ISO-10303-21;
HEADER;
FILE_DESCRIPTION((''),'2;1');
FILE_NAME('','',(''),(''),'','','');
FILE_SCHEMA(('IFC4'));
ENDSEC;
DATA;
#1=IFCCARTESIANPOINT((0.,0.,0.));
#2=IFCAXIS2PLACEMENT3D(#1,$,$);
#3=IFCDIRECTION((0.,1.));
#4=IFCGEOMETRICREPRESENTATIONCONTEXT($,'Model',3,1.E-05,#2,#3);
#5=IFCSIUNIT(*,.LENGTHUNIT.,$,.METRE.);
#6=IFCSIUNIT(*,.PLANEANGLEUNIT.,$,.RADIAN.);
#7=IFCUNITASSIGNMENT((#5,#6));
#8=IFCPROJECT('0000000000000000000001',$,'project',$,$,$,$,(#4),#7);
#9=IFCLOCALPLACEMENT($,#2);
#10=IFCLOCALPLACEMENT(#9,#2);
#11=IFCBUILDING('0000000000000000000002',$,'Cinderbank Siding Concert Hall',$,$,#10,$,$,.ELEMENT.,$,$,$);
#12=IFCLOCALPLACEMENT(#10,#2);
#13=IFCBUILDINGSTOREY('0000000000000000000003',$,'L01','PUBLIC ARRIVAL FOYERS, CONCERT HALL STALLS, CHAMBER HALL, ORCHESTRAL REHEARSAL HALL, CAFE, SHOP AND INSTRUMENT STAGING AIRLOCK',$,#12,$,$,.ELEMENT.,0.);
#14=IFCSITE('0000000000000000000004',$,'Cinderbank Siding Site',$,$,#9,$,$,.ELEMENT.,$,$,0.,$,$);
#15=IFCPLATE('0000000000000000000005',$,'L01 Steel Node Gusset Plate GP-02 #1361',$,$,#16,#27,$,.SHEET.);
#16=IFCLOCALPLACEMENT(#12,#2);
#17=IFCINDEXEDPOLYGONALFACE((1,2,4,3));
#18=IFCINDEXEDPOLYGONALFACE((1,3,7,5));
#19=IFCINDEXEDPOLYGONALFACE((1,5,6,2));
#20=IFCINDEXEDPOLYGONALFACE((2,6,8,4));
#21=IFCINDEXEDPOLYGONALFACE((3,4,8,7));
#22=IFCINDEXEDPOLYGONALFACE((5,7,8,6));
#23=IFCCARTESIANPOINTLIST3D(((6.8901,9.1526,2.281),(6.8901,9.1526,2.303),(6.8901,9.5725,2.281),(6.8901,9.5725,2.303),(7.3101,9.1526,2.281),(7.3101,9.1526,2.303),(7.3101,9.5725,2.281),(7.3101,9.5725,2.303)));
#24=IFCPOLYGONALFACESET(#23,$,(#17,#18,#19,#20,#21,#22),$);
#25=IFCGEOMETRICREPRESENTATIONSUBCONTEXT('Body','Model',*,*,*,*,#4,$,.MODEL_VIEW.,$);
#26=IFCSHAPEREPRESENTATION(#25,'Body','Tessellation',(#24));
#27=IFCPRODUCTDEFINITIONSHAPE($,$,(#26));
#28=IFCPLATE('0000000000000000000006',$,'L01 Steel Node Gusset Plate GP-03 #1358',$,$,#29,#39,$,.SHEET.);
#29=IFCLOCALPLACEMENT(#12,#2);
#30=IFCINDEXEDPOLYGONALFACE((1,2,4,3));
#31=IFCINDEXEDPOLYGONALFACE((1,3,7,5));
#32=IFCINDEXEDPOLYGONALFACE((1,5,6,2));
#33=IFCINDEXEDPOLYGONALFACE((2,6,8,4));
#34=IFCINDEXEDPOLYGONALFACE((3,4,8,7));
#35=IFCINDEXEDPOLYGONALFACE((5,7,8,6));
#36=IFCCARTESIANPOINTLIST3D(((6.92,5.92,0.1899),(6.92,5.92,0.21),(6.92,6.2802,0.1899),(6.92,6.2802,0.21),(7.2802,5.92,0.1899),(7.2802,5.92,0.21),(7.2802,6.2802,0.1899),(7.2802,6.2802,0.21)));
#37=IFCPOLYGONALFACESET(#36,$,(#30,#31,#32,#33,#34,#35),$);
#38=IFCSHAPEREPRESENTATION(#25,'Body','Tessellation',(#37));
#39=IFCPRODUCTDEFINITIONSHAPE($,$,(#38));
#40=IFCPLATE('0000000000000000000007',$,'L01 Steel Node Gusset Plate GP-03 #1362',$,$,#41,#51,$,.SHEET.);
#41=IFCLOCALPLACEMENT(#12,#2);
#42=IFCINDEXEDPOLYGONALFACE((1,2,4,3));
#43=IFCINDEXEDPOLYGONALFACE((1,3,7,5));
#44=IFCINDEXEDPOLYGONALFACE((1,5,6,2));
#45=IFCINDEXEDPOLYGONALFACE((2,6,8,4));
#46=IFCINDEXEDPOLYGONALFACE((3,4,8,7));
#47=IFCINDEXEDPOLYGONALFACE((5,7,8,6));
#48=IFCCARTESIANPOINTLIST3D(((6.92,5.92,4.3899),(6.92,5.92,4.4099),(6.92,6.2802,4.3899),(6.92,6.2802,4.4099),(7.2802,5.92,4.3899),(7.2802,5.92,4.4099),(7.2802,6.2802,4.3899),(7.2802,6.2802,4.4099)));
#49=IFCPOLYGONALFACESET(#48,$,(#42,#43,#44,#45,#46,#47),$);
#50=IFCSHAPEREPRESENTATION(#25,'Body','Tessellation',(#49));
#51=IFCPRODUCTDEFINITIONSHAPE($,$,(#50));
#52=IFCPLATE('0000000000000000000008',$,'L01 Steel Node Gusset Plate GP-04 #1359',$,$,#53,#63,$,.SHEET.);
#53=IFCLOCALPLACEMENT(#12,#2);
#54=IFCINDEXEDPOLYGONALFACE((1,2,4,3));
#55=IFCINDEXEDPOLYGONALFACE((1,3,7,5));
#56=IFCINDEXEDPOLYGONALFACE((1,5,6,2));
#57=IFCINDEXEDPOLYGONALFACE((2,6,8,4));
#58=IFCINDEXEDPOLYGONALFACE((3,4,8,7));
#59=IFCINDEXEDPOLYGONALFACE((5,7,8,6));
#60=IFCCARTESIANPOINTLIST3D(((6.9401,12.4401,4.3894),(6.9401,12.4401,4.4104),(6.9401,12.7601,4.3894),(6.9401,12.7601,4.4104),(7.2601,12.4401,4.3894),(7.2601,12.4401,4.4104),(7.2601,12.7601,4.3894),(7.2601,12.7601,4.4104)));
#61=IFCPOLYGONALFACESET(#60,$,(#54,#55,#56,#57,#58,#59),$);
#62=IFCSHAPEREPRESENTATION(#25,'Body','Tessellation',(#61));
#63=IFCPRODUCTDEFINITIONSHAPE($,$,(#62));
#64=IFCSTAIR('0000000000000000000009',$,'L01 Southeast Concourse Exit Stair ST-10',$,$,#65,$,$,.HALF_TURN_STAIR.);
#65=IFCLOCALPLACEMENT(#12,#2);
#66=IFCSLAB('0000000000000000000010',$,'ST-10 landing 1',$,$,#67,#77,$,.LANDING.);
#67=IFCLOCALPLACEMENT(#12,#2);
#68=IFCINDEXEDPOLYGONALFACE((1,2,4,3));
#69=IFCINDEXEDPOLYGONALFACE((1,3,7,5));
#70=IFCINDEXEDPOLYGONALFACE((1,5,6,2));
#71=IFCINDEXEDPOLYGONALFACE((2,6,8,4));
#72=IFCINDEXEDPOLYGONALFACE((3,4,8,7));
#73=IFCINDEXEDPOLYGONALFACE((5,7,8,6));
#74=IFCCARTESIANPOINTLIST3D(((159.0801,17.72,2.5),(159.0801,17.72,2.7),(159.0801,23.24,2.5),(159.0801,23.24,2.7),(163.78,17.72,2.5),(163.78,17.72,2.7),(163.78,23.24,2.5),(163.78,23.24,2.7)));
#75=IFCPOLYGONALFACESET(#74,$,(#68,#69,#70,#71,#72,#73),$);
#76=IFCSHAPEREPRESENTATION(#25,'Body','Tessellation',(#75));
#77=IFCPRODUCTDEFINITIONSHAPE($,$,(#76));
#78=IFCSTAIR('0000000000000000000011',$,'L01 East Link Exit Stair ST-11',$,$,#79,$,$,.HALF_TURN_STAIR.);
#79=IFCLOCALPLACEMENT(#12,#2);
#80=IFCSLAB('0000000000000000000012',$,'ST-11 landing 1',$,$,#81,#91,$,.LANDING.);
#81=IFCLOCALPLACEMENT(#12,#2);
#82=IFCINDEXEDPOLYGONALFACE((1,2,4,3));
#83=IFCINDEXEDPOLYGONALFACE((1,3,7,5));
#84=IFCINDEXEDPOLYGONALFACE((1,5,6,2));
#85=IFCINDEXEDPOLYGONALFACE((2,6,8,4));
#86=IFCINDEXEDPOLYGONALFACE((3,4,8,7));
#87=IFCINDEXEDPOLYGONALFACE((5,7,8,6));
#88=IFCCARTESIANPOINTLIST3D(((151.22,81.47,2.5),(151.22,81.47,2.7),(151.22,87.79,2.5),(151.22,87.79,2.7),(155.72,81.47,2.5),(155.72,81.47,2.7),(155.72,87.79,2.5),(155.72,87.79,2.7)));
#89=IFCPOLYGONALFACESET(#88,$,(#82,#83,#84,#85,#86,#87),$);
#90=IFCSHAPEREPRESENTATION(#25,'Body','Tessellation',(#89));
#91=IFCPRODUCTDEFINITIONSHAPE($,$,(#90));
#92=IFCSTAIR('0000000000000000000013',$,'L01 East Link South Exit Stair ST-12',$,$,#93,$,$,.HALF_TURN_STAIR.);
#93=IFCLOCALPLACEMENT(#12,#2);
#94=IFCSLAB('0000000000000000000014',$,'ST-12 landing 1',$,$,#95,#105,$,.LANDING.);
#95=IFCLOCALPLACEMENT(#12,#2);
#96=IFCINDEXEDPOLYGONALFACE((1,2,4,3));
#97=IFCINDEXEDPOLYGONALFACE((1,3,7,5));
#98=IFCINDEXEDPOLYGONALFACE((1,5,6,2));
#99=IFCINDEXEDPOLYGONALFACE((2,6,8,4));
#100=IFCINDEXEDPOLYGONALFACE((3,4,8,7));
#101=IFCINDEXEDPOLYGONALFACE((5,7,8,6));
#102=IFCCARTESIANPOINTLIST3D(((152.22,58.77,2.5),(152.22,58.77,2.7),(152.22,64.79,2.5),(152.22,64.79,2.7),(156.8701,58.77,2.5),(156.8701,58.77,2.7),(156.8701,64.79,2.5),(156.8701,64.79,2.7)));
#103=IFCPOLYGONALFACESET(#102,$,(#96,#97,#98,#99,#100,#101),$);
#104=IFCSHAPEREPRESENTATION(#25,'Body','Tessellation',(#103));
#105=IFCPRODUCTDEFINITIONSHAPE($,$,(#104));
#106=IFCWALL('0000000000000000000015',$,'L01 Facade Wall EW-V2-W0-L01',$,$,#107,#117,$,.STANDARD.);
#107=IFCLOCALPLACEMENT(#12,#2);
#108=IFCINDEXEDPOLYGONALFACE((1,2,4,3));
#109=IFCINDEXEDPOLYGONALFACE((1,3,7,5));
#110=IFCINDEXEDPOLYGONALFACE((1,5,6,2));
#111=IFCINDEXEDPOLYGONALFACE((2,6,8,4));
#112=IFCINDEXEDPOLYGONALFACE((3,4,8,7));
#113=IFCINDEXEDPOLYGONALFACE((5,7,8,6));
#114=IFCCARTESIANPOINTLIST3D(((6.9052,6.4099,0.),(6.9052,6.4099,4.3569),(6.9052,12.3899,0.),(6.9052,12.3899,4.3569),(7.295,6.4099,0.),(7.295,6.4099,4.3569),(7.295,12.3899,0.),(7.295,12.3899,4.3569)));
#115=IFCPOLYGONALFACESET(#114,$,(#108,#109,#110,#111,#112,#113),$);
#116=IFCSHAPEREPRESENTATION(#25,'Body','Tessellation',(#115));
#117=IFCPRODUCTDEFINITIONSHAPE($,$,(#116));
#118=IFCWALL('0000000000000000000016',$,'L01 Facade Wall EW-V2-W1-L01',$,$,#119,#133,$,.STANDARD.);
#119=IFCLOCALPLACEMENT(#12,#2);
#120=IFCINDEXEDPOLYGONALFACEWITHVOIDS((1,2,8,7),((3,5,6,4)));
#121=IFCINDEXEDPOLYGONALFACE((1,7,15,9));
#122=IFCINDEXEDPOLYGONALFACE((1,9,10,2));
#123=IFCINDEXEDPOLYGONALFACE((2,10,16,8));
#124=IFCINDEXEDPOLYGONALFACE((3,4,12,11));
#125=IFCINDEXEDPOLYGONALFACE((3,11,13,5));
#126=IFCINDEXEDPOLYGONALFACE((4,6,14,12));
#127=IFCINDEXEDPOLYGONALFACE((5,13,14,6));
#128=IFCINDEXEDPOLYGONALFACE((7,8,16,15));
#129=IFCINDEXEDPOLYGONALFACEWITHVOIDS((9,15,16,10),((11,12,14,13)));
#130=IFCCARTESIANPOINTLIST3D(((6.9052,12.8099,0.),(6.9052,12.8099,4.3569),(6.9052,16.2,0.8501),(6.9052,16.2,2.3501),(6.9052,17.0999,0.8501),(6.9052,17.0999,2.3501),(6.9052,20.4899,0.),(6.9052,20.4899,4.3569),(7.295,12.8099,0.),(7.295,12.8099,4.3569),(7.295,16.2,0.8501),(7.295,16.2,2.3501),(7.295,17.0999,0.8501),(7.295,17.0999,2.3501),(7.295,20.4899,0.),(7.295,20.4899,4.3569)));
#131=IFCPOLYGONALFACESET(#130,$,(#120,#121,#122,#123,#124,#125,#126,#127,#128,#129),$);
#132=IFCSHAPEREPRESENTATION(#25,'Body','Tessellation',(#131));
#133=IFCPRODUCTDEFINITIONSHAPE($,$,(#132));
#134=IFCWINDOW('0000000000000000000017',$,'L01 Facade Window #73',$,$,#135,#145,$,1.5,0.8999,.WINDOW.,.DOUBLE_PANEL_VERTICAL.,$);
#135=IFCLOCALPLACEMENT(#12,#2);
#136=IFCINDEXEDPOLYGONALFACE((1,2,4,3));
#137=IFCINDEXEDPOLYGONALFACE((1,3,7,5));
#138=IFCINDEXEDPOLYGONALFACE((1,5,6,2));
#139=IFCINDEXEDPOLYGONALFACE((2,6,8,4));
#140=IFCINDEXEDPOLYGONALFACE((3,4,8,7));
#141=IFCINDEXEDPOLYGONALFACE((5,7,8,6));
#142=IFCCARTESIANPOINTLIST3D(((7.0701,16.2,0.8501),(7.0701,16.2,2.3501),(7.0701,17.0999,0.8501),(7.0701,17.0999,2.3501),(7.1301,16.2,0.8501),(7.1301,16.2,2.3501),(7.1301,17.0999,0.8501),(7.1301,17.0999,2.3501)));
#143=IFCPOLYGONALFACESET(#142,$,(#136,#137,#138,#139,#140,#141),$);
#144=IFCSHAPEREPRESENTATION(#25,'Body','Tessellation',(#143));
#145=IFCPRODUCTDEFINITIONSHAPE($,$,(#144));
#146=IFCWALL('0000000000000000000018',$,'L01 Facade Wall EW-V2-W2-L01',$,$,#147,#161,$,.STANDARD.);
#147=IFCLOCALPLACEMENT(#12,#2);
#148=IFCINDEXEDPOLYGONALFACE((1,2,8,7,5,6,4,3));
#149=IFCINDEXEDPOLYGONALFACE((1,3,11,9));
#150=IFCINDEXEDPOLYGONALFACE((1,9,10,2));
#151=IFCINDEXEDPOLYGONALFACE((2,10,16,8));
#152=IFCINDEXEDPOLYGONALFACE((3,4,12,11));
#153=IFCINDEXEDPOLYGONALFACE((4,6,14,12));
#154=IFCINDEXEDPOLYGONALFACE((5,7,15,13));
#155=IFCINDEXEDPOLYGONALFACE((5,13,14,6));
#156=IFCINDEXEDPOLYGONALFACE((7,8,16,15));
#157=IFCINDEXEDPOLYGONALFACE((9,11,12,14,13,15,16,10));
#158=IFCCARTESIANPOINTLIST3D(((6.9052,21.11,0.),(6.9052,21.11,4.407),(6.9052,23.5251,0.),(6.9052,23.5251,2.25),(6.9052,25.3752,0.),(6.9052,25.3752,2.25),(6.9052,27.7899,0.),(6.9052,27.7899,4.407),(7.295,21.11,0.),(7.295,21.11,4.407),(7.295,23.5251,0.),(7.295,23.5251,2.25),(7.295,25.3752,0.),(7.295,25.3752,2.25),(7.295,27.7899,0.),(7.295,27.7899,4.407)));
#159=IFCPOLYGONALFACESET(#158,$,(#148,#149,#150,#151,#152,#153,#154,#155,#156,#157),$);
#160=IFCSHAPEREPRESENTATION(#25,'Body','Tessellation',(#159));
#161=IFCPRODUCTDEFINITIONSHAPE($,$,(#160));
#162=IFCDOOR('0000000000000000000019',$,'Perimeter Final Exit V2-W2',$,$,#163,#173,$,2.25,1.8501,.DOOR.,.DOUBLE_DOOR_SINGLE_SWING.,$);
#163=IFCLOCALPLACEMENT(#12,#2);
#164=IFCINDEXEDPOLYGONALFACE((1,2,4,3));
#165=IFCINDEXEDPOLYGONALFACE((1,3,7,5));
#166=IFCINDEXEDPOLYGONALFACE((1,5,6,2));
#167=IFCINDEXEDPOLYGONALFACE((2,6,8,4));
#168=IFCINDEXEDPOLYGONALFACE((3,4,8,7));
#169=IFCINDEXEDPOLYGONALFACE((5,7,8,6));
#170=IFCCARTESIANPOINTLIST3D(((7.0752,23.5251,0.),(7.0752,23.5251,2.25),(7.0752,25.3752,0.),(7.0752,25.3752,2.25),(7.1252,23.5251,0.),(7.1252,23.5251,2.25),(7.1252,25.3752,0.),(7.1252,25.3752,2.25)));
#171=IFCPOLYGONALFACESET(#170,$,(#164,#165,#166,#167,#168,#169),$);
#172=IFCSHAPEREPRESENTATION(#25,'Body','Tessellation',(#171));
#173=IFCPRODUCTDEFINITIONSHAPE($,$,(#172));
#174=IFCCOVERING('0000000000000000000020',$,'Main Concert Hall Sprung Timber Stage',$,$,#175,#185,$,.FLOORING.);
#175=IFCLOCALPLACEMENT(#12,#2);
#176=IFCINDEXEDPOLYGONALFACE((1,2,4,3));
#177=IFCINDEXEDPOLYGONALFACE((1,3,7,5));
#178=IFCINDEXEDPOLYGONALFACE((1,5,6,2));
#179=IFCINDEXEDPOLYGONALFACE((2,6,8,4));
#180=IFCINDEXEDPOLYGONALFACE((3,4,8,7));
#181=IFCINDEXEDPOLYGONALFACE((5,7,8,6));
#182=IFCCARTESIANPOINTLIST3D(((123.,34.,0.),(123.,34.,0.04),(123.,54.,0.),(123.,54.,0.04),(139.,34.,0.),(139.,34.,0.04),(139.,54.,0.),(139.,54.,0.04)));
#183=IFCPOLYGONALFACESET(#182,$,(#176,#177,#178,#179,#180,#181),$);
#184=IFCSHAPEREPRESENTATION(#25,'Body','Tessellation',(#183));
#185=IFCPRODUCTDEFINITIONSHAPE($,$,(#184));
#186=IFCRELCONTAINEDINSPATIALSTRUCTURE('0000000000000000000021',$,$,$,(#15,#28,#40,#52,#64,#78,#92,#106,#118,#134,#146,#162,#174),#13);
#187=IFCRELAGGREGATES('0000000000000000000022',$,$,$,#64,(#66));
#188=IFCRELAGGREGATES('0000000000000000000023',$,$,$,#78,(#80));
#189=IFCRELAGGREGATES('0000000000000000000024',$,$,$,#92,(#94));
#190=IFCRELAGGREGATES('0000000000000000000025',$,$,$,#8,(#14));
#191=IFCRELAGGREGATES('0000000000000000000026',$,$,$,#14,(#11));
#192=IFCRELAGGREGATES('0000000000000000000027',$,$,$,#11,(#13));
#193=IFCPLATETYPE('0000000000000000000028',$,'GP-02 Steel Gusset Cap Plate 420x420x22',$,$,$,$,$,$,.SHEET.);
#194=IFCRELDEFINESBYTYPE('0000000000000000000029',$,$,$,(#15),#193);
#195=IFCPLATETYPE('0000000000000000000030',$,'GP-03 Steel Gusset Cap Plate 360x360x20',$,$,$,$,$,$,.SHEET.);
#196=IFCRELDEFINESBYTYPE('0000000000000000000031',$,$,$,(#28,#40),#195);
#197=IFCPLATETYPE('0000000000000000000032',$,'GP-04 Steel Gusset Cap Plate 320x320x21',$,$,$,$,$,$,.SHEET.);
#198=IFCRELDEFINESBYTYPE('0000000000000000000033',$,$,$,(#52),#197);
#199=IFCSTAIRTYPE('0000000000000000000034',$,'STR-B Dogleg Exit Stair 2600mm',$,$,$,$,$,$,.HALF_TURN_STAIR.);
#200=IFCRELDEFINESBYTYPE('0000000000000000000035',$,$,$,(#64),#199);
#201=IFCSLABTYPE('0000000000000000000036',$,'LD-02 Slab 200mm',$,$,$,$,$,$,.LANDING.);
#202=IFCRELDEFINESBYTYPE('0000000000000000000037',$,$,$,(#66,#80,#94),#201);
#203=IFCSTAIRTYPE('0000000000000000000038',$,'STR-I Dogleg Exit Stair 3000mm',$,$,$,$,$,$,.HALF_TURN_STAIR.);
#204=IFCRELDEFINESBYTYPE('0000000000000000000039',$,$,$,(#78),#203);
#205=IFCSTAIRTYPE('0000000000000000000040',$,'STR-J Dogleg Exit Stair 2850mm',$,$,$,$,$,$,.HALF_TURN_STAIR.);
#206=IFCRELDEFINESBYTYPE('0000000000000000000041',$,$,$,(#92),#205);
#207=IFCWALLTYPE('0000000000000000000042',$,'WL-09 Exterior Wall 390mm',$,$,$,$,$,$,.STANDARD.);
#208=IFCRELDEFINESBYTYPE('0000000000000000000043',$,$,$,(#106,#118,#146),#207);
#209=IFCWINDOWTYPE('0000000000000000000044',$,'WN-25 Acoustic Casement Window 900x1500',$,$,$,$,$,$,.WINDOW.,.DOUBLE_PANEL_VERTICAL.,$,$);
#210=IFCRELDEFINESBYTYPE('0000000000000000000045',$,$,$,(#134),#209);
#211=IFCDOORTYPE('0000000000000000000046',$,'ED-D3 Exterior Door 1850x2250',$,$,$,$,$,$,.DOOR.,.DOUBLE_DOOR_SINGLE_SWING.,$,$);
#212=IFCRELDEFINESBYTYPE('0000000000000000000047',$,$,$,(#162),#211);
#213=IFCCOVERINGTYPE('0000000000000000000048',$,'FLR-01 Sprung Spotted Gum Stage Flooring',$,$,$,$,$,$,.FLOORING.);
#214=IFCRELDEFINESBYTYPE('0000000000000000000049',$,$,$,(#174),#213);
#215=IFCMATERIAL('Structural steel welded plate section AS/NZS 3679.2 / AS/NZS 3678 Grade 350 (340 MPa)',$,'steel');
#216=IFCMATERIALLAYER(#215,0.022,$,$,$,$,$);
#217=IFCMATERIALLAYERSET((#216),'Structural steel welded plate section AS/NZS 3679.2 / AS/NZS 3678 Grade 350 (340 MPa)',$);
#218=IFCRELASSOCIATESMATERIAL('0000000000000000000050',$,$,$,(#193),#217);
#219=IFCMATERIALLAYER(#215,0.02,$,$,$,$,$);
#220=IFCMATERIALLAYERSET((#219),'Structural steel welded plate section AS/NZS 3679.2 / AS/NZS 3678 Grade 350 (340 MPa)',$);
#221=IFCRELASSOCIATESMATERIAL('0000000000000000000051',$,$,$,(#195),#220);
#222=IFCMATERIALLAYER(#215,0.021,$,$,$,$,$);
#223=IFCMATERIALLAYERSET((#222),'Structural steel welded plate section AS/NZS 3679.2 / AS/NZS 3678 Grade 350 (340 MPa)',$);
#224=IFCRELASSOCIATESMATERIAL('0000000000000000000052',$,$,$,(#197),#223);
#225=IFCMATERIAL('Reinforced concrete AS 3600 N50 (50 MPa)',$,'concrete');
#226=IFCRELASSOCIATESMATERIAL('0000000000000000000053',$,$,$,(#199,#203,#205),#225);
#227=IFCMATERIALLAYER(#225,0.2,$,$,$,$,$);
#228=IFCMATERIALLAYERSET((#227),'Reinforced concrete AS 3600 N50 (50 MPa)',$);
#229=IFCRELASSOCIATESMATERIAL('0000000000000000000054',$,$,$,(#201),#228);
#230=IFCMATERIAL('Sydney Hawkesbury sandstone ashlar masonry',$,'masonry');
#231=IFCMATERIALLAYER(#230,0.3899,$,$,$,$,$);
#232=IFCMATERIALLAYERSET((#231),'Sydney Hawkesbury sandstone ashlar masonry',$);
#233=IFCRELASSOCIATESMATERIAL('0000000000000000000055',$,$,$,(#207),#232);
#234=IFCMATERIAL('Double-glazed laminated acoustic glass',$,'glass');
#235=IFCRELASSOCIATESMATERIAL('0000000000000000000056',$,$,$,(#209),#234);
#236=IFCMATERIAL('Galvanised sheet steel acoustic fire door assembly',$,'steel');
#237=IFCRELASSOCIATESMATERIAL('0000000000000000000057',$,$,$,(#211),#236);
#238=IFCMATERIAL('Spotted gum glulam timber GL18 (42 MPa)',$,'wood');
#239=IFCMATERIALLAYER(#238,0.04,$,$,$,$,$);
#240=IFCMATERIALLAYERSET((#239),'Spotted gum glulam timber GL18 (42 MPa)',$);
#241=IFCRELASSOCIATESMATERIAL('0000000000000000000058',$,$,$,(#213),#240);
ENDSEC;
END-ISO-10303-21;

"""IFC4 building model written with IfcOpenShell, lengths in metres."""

from ifc_helpers import new_model, si_unit, direction, frame, frame_2d, origin, origin_2d, place, context, subcontext, project, spatial, polyline, rectangle, outline, extrude, material, layer, layer_set, type_object, element, fill, aggregate, save


model = new_model("IFC4")

# Units and contexts
model_context = context("Model", 3, precision=1e-05, world=origin(), true_north=direction((0.0, 1.0)))
body_context = subcontext(model_context, "Body", "Model", "MODEL_VIEW")
ifc_project = project(units=[si_unit("LENGTHUNIT", "METRE"), si_unit("PLANEANGLEUNIT", "RADIAN")], contexts=[model_context])

# Site, building, storey
site_placement = place(None, origin())
site = spatial("IfcSite", under=ifc_project, at=site_placement, Name="Cinderbank Siding Site", CompositionType="ELEMENT", RefElevation=0.0)
building_placement = place(site_placement, origin())
building = spatial("IfcBuilding", under=site, at=building_placement, Name="Cinderbank Siding Concert Hall", CompositionType="ELEMENT")
storey_placement = place(building_placement, origin())
storey = spatial("IfcBuildingStorey", under=building, at=storey_placement, Name="L01", Description="PUBLIC ARRIVAL FOYERS, CONCERT HALL STALLS, CHAMBER HALL, ORCHESTRAL REHEARSAL HALL, CAFE, SHOP AND INSTRUMENT STAGING AIRLOCK", CompositionType="ELEMENT", Elevation=0.0)

# Shared definitions
ifc_material_1 = material(Name="Reinforced concrete AS 3600 N50 (50 MPa)", Category="concrete")

# Shared definitions
ifc_material_2 = material(Name="Structural steel welded plate section AS/NZS 3679.2 / AS/NZS 3678 Grade 350 (340 MPa)", Category="steel")

# Plates
ifc_layer_1 = layer(ifc_material_2, 0.022)
ifc_layer_set_1 = layer_set([ifc_layer_1], Name="Structural steel welded plate section AS/NZS 3679.2 / AS/NZS 3678 Grade 350 (340 MPa)")
plate_type_1 = type_object("IfcPlateType", Name="GP-02 Steel Gusset Cap Plate 420x420x22", PredefinedType="SHEET", material=ifc_layer_set_1)
plate_1_placement = place(storey_placement, frame((7.1001, 9.3625, 2.281), z_axis=(0.0, 0.0, 1.0), x_axis=(0.0, -1.0, 0.0)))
element("IfcPlate", 1, at=plate_1_placement, inside=storey, type_object=plate_type_1, Name="L01 Steel Node Gusset Plate GP-02 #1361", PredefinedType="SHEET", context=body_context, shape_type="SweptSolid", body=[
    extrude(rectangle(XDim=0.4199, YDim=0.4199, at=origin_2d()), origin(), (0.0, 0.0, 1.0), 0.022),
])
ifc_layer_2 = layer(ifc_material_2, 0.02)
ifc_layer_set_2 = layer_set([ifc_layer_2], Name="Structural steel welded plate section AS/NZS 3679.2 / AS/NZS 3678 Grade 350 (340 MPa)")
plate_type_2 = type_object("IfcPlateType", Name="GP-03 Steel Gusset Cap Plate 360x360x20", PredefinedType="SHEET", material=ifc_layer_set_2)
for number, where, z_axis, x_axis, name in (
    (2, (7.1001, 6.1001, 0.1899), (0.0, 0.0, 1.0), (0.0, 1.0, 0.0), "L01 Steel Node Gusset Plate GP-03 #1358"),
    (3, (7.1001, 6.1001, 4.3899), (0.0, 0.0, 1.0), (0.0, -1.0, 0.0), "L01 Steel Node Gusset Plate GP-03 #1362"),
):
    element("IfcPlate", number, at=place(storey_placement, frame(where, z_axis=z_axis, x_axis=x_axis)), inside=storey, type_object=plate_type_2, Name=name, PredefinedType="SHEET", context=body_context, shape_type="SweptSolid", body=[
        extrude(rectangle(XDim=0.3601, YDim=0.3601, at=origin_2d()), origin(), (0.0, 0.0, 1.0), 0.02),
    ])
ifc_layer_3 = layer(ifc_material_2, 0.021)
ifc_layer_set_3 = layer_set([ifc_layer_3], Name="Structural steel welded plate section AS/NZS 3679.2 / AS/NZS 3678 Grade 350 (340 MPa)")
plate_type_3 = type_object("IfcPlateType", Name="GP-04 Steel Gusset Cap Plate 320x320x21", PredefinedType="SHEET", material=ifc_layer_set_3)
plate_2_placement = place(storey_placement, frame((7.1001, 12.6001, 4.3894), z_axis=(0.0, 0.0, 1.0), x_axis=(0.0, 1.0, 0.0)))
element("IfcPlate", 4, at=plate_2_placement, inside=storey, type_object=plate_type_3, Name="L01 Steel Node Gusset Plate GP-04 #1359", PredefinedType="SHEET", context=body_context, shape_type="SweptSolid", body=[
    extrude(rectangle(XDim=0.3201, YDim=0.3201, at=origin_2d()), origin(), (0.0, 0.0, 1.0), 0.021),
])

# Stairs, slabs
stair_type_1 = type_object("IfcStairType", Name="STR-B Dogleg Exit Stair 2600mm", PredefinedType="HALF_TURN_STAIR", material=ifc_material_1)
stair_1_placement = place(storey_placement, origin())
stair_1 = element("IfcStair", 5, at=stair_1_placement, inside=storey, type_object=stair_type_1, Name="L01 Southeast Concourse Exit Stair ST-10", PredefinedType="HALF_TURN_STAIR")
ifc_layer_4 = layer(ifc_material_1, 0.2)
ifc_layer_set_4 = layer_set([ifc_layer_4], Name="Reinforced concrete AS 3600 N50 (50 MPa)")
slab_type = type_object("IfcSlabType", Name="LD-02 Slab 200mm", PredefinedType="LANDING", material=ifc_layer_set_4)
slab_1_placement = place(storey_placement, frame((0.0, 0.0, 2.5)))
slab_1 = element("IfcSlab", 6, at=slab_1_placement, type_object=slab_type, Name="ST-10 landing 1", PredefinedType="LANDING", context=body_context, shape_type="SweptSolid", body=[
    extrude(outline(polyline([(159.0801, 17.72), (159.0801, 23.24), (163.78, 23.24), (163.78, 17.72), (159.0801, 17.72)])), origin(), (0.0, 0.0, 1.0), 0.2),
])
aggregate(stair_1, [slab_1])
stair_type_2 = type_object("IfcStairType", Name="STR-I Dogleg Exit Stair 3000mm", PredefinedType="HALF_TURN_STAIR", material=ifc_material_1)
stair_2_placement = place(storey_placement, origin())
stair_2 = element("IfcStair", 7, at=stair_2_placement, inside=storey, type_object=stair_type_2, Name="L01 East Link Exit Stair ST-11", PredefinedType="HALF_TURN_STAIR")
slab_2_placement = place(storey_placement, frame((0.0, 0.0, 2.5)))
slab_2 = element("IfcSlab", 8, at=slab_2_placement, type_object=slab_type, Name="ST-11 landing 1", PredefinedType="LANDING", context=body_context, shape_type="SweptSolid", body=[
    extrude(outline(polyline([(155.72, 87.79), (155.72, 81.47), (151.22, 81.47), (151.22, 87.79), (155.72, 87.79)])), origin(), (0.0, 0.0, 1.0), 0.2),
])
aggregate(stair_2, [slab_2])
stair_type_3 = type_object("IfcStairType", Name="STR-J Dogleg Exit Stair 2850mm", PredefinedType="HALF_TURN_STAIR", material=ifc_material_1)
stair_3_placement = place(storey_placement, origin())
stair_3 = element("IfcStair", 9, at=stair_3_placement, inside=storey, type_object=stair_type_3, Name="L01 East Link South Exit Stair ST-12", PredefinedType="HALF_TURN_STAIR")
slab_3_placement = place(storey_placement, frame((0.0, 0.0, 2.5)))
slab_3 = element("IfcSlab", 10, at=slab_3_placement, type_object=slab_type, Name="ST-12 landing 1", PredefinedType="LANDING", context=body_context, shape_type="SweptSolid", body=[
    extrude(outline(polyline([(156.8701, 64.79), (156.8701, 58.77), (152.22, 58.77), (152.22, 64.79), (156.8701, 64.79)])), origin(), (0.0, 0.0, 1.0), 0.2),
])
aggregate(stair_3, [slab_3])

# Wall
ifc_material_3 = material(Name="Sydney Hawkesbury sandstone ashlar masonry", Category="masonry")
ifc_layer_5 = layer(ifc_material_3, 0.3899)
ifc_layer_set_5 = layer_set([ifc_layer_5], Name="Sydney Hawkesbury sandstone ashlar masonry")
wall_type = type_object("IfcWallType", Name="WL-09 Exterior Wall 390mm", PredefinedType="STANDARD", material=ifc_layer_set_5)
wall_1_placement = place(storey_placement, frame((7.1001, 6.4099, 0.0), z_axis=(0.0, 0.0, 1.0), x_axis=(0.0, 1.0, 0.0)))
element("IfcWall", 11, at=wall_1_placement, inside=storey, type_object=wall_type, Name="L01 Facade Wall EW-V2-W0-L01", PredefinedType="STANDARD", context=body_context, shape_type="SweptSolid", body=[
    extrude(rectangle(XDim=5.98, YDim=0.3899, at=frame_2d((2.99, 0.0))), origin(), (0.0, 0.0, 1.0), 4.3569),
])

# Wall, opening, window
wall_2_placement = place(storey_placement, frame((7.1001, 12.8101, 0.0), z_axis=(0.0, 0.0, 1.0), x_axis=(0.0, 1.0, 0.0)))
wall_2 = element("IfcWall", 12, at=wall_2_placement, inside=storey, type_object=wall_type, Name="L01 Facade Wall EW-V2-W1-L01", PredefinedType="STANDARD", context=body_context, shape_type="SweptSolid", body=[
    extrude(rectangle(XDim=7.6799, YDim=0.3899, at=frame_2d((3.8398, 0.0))), origin(), (0.0, 0.0, 1.0), 4.3569),
])
opening_1_placement = place(wall_2_placement, frame((3.3899, 0.0, 0.8501)))
opening_1 = element("IfcOpeningElement", 13, at=opening_1_placement, cuts=wall_2, PredefinedType="OPENING", context=body_context, shape_type="SweptSolid", body=[
    extrude(rectangle(XDim=0.8999, YDim=1.5, at=frame_2d((0.45, 0.75))), frame((0.0, 0.207, 0.0), z_axis=(0.0, -1.0, 0.0), x_axis=(1.0, 0.0, 0.0)), (0.0, 0.0, 1.0), 0.4138),
])
ifc_material_4 = material(Name="Double-glazed laminated acoustic glass", Category="glass")
window_type = type_object("IfcWindowType", Name="WN-25 Acoustic Casement Window 900x1500", PartitioningType="DOUBLE_PANEL_VERTICAL", PredefinedType="WINDOW", material=ifc_material_4)
window_placement = place(opening_1_placement, origin())
window = element("IfcWindow", 14, at=window_placement, inside=storey, type_object=window_type, Name="L01 Facade Window #73", OverallHeight=1.5, OverallWidth=0.8999, PartitioningType="DOUBLE_PANEL_VERTICAL", PredefinedType="WINDOW", context=body_context, shape_type="SweptSolid", body=[
    extrude(rectangle(XDim=0.8999, YDim=1.5, at=frame_2d((0.45, 0.75))), frame((0.0, 0.03, 0.0), z_axis=(0.0, -1.0, 0.0), x_axis=(1.0, 0.0, 0.0)), (0.0, 0.0, 1.0), 0.0601),
])
fill(opening_1, window)

# Wall, opening, door
wall_3_placement = place(storey_placement, frame((7.1001, 21.1101, 0.0), z_axis=(0.0, 0.0, 1.0), x_axis=(0.0, 1.0, 0.0)))
wall_3 = element("IfcWall", 15, at=wall_3_placement, inside=storey, type_object=wall_type, Name="L01 Facade Wall EW-V2-W2-L01", PredefinedType="STANDARD", context=body_context, shape_type="SweptSolid", body=[
    extrude(rectangle(XDim=6.6799, YDim=0.3899, at=frame_2d((3.3398, 0.0))), origin(), (0.0, 0.0, 1.0), 4.407),
])
opening_2_placement = place(wall_3_placement, frame((2.415, 0.0, 0.0)))
opening_2 = element("IfcOpeningElement", 16, at=opening_2_placement, cuts=wall_3, PredefinedType="OPENING", context=body_context, shape_type="SweptSolid", body=[
    extrude(rectangle(XDim=1.8501, YDim=2.25, at=frame_2d((0.925, 1.125))), frame((0.0, 0.207, 0.0), z_axis=(0.0, -1.0, 0.0), x_axis=(1.0, 0.0, 0.0)), (0.0, 0.0, 1.0), 0.4138),
])
ifc_material_5 = material(Name="Galvanised sheet steel acoustic fire door assembly", Category="steel")
door_type = type_object("IfcDoorType", Name="ED-D3 Exterior Door 1850x2250", OperationType="DOUBLE_DOOR_SINGLE_SWING", PredefinedType="DOOR", material=ifc_material_5)
door_placement = place(opening_2_placement, origin())
door = element("IfcDoor", 17, at=door_placement, inside=storey, type_object=door_type, Name="Perimeter Final Exit V2-W2", OperationType="DOUBLE_DOOR_SINGLE_SWING", OverallHeight=2.25, OverallWidth=1.8501, PredefinedType="DOOR", context=body_context, shape_type="SweptSolid", body=[
    extrude(rectangle(XDim=1.8501, YDim=2.25, at=frame_2d((0.925, 1.125))), frame((0.0, 0.0249, 0.0), z_axis=(0.0, -1.0, 0.0), x_axis=(1.0, 0.0, 0.0)), (0.0, 0.0, 1.0), 0.05),
])
fill(opening_2, door)

# Covering
ifc_material_6 = material(Name="Spotted gum glulam timber GL18 (42 MPa)", Category="wood")
ifc_layer_6 = layer(ifc_material_6, 0.04)
ifc_layer_set_6 = layer_set([ifc_layer_6], Name="Spotted gum glulam timber GL18 (42 MPa)")
covering_type = type_object("IfcCoveringType", Name="FLR-01 Sprung Spotted Gum Stage Flooring", PredefinedType="FLOORING", material=ifc_layer_set_6)
covering_1_placement = place(storey_placement, origin())
element("IfcCovering", 18, at=covering_1_placement, inside=storey, type_object=covering_type, Name="Main Concert Hall Sprung Timber Stage", PredefinedType="FLOORING", context=body_context, shape_type="SweptSolid", body=[
    extrude(outline(polyline([(123.0, 34.0), (139.0, 34.0), (139.0, 54.0), (123.0, 54.0), (123.0, 34.0)])), origin(), (0.0, 0.0, 1.0), 0.04),
])

save(model, "model.ifc")
